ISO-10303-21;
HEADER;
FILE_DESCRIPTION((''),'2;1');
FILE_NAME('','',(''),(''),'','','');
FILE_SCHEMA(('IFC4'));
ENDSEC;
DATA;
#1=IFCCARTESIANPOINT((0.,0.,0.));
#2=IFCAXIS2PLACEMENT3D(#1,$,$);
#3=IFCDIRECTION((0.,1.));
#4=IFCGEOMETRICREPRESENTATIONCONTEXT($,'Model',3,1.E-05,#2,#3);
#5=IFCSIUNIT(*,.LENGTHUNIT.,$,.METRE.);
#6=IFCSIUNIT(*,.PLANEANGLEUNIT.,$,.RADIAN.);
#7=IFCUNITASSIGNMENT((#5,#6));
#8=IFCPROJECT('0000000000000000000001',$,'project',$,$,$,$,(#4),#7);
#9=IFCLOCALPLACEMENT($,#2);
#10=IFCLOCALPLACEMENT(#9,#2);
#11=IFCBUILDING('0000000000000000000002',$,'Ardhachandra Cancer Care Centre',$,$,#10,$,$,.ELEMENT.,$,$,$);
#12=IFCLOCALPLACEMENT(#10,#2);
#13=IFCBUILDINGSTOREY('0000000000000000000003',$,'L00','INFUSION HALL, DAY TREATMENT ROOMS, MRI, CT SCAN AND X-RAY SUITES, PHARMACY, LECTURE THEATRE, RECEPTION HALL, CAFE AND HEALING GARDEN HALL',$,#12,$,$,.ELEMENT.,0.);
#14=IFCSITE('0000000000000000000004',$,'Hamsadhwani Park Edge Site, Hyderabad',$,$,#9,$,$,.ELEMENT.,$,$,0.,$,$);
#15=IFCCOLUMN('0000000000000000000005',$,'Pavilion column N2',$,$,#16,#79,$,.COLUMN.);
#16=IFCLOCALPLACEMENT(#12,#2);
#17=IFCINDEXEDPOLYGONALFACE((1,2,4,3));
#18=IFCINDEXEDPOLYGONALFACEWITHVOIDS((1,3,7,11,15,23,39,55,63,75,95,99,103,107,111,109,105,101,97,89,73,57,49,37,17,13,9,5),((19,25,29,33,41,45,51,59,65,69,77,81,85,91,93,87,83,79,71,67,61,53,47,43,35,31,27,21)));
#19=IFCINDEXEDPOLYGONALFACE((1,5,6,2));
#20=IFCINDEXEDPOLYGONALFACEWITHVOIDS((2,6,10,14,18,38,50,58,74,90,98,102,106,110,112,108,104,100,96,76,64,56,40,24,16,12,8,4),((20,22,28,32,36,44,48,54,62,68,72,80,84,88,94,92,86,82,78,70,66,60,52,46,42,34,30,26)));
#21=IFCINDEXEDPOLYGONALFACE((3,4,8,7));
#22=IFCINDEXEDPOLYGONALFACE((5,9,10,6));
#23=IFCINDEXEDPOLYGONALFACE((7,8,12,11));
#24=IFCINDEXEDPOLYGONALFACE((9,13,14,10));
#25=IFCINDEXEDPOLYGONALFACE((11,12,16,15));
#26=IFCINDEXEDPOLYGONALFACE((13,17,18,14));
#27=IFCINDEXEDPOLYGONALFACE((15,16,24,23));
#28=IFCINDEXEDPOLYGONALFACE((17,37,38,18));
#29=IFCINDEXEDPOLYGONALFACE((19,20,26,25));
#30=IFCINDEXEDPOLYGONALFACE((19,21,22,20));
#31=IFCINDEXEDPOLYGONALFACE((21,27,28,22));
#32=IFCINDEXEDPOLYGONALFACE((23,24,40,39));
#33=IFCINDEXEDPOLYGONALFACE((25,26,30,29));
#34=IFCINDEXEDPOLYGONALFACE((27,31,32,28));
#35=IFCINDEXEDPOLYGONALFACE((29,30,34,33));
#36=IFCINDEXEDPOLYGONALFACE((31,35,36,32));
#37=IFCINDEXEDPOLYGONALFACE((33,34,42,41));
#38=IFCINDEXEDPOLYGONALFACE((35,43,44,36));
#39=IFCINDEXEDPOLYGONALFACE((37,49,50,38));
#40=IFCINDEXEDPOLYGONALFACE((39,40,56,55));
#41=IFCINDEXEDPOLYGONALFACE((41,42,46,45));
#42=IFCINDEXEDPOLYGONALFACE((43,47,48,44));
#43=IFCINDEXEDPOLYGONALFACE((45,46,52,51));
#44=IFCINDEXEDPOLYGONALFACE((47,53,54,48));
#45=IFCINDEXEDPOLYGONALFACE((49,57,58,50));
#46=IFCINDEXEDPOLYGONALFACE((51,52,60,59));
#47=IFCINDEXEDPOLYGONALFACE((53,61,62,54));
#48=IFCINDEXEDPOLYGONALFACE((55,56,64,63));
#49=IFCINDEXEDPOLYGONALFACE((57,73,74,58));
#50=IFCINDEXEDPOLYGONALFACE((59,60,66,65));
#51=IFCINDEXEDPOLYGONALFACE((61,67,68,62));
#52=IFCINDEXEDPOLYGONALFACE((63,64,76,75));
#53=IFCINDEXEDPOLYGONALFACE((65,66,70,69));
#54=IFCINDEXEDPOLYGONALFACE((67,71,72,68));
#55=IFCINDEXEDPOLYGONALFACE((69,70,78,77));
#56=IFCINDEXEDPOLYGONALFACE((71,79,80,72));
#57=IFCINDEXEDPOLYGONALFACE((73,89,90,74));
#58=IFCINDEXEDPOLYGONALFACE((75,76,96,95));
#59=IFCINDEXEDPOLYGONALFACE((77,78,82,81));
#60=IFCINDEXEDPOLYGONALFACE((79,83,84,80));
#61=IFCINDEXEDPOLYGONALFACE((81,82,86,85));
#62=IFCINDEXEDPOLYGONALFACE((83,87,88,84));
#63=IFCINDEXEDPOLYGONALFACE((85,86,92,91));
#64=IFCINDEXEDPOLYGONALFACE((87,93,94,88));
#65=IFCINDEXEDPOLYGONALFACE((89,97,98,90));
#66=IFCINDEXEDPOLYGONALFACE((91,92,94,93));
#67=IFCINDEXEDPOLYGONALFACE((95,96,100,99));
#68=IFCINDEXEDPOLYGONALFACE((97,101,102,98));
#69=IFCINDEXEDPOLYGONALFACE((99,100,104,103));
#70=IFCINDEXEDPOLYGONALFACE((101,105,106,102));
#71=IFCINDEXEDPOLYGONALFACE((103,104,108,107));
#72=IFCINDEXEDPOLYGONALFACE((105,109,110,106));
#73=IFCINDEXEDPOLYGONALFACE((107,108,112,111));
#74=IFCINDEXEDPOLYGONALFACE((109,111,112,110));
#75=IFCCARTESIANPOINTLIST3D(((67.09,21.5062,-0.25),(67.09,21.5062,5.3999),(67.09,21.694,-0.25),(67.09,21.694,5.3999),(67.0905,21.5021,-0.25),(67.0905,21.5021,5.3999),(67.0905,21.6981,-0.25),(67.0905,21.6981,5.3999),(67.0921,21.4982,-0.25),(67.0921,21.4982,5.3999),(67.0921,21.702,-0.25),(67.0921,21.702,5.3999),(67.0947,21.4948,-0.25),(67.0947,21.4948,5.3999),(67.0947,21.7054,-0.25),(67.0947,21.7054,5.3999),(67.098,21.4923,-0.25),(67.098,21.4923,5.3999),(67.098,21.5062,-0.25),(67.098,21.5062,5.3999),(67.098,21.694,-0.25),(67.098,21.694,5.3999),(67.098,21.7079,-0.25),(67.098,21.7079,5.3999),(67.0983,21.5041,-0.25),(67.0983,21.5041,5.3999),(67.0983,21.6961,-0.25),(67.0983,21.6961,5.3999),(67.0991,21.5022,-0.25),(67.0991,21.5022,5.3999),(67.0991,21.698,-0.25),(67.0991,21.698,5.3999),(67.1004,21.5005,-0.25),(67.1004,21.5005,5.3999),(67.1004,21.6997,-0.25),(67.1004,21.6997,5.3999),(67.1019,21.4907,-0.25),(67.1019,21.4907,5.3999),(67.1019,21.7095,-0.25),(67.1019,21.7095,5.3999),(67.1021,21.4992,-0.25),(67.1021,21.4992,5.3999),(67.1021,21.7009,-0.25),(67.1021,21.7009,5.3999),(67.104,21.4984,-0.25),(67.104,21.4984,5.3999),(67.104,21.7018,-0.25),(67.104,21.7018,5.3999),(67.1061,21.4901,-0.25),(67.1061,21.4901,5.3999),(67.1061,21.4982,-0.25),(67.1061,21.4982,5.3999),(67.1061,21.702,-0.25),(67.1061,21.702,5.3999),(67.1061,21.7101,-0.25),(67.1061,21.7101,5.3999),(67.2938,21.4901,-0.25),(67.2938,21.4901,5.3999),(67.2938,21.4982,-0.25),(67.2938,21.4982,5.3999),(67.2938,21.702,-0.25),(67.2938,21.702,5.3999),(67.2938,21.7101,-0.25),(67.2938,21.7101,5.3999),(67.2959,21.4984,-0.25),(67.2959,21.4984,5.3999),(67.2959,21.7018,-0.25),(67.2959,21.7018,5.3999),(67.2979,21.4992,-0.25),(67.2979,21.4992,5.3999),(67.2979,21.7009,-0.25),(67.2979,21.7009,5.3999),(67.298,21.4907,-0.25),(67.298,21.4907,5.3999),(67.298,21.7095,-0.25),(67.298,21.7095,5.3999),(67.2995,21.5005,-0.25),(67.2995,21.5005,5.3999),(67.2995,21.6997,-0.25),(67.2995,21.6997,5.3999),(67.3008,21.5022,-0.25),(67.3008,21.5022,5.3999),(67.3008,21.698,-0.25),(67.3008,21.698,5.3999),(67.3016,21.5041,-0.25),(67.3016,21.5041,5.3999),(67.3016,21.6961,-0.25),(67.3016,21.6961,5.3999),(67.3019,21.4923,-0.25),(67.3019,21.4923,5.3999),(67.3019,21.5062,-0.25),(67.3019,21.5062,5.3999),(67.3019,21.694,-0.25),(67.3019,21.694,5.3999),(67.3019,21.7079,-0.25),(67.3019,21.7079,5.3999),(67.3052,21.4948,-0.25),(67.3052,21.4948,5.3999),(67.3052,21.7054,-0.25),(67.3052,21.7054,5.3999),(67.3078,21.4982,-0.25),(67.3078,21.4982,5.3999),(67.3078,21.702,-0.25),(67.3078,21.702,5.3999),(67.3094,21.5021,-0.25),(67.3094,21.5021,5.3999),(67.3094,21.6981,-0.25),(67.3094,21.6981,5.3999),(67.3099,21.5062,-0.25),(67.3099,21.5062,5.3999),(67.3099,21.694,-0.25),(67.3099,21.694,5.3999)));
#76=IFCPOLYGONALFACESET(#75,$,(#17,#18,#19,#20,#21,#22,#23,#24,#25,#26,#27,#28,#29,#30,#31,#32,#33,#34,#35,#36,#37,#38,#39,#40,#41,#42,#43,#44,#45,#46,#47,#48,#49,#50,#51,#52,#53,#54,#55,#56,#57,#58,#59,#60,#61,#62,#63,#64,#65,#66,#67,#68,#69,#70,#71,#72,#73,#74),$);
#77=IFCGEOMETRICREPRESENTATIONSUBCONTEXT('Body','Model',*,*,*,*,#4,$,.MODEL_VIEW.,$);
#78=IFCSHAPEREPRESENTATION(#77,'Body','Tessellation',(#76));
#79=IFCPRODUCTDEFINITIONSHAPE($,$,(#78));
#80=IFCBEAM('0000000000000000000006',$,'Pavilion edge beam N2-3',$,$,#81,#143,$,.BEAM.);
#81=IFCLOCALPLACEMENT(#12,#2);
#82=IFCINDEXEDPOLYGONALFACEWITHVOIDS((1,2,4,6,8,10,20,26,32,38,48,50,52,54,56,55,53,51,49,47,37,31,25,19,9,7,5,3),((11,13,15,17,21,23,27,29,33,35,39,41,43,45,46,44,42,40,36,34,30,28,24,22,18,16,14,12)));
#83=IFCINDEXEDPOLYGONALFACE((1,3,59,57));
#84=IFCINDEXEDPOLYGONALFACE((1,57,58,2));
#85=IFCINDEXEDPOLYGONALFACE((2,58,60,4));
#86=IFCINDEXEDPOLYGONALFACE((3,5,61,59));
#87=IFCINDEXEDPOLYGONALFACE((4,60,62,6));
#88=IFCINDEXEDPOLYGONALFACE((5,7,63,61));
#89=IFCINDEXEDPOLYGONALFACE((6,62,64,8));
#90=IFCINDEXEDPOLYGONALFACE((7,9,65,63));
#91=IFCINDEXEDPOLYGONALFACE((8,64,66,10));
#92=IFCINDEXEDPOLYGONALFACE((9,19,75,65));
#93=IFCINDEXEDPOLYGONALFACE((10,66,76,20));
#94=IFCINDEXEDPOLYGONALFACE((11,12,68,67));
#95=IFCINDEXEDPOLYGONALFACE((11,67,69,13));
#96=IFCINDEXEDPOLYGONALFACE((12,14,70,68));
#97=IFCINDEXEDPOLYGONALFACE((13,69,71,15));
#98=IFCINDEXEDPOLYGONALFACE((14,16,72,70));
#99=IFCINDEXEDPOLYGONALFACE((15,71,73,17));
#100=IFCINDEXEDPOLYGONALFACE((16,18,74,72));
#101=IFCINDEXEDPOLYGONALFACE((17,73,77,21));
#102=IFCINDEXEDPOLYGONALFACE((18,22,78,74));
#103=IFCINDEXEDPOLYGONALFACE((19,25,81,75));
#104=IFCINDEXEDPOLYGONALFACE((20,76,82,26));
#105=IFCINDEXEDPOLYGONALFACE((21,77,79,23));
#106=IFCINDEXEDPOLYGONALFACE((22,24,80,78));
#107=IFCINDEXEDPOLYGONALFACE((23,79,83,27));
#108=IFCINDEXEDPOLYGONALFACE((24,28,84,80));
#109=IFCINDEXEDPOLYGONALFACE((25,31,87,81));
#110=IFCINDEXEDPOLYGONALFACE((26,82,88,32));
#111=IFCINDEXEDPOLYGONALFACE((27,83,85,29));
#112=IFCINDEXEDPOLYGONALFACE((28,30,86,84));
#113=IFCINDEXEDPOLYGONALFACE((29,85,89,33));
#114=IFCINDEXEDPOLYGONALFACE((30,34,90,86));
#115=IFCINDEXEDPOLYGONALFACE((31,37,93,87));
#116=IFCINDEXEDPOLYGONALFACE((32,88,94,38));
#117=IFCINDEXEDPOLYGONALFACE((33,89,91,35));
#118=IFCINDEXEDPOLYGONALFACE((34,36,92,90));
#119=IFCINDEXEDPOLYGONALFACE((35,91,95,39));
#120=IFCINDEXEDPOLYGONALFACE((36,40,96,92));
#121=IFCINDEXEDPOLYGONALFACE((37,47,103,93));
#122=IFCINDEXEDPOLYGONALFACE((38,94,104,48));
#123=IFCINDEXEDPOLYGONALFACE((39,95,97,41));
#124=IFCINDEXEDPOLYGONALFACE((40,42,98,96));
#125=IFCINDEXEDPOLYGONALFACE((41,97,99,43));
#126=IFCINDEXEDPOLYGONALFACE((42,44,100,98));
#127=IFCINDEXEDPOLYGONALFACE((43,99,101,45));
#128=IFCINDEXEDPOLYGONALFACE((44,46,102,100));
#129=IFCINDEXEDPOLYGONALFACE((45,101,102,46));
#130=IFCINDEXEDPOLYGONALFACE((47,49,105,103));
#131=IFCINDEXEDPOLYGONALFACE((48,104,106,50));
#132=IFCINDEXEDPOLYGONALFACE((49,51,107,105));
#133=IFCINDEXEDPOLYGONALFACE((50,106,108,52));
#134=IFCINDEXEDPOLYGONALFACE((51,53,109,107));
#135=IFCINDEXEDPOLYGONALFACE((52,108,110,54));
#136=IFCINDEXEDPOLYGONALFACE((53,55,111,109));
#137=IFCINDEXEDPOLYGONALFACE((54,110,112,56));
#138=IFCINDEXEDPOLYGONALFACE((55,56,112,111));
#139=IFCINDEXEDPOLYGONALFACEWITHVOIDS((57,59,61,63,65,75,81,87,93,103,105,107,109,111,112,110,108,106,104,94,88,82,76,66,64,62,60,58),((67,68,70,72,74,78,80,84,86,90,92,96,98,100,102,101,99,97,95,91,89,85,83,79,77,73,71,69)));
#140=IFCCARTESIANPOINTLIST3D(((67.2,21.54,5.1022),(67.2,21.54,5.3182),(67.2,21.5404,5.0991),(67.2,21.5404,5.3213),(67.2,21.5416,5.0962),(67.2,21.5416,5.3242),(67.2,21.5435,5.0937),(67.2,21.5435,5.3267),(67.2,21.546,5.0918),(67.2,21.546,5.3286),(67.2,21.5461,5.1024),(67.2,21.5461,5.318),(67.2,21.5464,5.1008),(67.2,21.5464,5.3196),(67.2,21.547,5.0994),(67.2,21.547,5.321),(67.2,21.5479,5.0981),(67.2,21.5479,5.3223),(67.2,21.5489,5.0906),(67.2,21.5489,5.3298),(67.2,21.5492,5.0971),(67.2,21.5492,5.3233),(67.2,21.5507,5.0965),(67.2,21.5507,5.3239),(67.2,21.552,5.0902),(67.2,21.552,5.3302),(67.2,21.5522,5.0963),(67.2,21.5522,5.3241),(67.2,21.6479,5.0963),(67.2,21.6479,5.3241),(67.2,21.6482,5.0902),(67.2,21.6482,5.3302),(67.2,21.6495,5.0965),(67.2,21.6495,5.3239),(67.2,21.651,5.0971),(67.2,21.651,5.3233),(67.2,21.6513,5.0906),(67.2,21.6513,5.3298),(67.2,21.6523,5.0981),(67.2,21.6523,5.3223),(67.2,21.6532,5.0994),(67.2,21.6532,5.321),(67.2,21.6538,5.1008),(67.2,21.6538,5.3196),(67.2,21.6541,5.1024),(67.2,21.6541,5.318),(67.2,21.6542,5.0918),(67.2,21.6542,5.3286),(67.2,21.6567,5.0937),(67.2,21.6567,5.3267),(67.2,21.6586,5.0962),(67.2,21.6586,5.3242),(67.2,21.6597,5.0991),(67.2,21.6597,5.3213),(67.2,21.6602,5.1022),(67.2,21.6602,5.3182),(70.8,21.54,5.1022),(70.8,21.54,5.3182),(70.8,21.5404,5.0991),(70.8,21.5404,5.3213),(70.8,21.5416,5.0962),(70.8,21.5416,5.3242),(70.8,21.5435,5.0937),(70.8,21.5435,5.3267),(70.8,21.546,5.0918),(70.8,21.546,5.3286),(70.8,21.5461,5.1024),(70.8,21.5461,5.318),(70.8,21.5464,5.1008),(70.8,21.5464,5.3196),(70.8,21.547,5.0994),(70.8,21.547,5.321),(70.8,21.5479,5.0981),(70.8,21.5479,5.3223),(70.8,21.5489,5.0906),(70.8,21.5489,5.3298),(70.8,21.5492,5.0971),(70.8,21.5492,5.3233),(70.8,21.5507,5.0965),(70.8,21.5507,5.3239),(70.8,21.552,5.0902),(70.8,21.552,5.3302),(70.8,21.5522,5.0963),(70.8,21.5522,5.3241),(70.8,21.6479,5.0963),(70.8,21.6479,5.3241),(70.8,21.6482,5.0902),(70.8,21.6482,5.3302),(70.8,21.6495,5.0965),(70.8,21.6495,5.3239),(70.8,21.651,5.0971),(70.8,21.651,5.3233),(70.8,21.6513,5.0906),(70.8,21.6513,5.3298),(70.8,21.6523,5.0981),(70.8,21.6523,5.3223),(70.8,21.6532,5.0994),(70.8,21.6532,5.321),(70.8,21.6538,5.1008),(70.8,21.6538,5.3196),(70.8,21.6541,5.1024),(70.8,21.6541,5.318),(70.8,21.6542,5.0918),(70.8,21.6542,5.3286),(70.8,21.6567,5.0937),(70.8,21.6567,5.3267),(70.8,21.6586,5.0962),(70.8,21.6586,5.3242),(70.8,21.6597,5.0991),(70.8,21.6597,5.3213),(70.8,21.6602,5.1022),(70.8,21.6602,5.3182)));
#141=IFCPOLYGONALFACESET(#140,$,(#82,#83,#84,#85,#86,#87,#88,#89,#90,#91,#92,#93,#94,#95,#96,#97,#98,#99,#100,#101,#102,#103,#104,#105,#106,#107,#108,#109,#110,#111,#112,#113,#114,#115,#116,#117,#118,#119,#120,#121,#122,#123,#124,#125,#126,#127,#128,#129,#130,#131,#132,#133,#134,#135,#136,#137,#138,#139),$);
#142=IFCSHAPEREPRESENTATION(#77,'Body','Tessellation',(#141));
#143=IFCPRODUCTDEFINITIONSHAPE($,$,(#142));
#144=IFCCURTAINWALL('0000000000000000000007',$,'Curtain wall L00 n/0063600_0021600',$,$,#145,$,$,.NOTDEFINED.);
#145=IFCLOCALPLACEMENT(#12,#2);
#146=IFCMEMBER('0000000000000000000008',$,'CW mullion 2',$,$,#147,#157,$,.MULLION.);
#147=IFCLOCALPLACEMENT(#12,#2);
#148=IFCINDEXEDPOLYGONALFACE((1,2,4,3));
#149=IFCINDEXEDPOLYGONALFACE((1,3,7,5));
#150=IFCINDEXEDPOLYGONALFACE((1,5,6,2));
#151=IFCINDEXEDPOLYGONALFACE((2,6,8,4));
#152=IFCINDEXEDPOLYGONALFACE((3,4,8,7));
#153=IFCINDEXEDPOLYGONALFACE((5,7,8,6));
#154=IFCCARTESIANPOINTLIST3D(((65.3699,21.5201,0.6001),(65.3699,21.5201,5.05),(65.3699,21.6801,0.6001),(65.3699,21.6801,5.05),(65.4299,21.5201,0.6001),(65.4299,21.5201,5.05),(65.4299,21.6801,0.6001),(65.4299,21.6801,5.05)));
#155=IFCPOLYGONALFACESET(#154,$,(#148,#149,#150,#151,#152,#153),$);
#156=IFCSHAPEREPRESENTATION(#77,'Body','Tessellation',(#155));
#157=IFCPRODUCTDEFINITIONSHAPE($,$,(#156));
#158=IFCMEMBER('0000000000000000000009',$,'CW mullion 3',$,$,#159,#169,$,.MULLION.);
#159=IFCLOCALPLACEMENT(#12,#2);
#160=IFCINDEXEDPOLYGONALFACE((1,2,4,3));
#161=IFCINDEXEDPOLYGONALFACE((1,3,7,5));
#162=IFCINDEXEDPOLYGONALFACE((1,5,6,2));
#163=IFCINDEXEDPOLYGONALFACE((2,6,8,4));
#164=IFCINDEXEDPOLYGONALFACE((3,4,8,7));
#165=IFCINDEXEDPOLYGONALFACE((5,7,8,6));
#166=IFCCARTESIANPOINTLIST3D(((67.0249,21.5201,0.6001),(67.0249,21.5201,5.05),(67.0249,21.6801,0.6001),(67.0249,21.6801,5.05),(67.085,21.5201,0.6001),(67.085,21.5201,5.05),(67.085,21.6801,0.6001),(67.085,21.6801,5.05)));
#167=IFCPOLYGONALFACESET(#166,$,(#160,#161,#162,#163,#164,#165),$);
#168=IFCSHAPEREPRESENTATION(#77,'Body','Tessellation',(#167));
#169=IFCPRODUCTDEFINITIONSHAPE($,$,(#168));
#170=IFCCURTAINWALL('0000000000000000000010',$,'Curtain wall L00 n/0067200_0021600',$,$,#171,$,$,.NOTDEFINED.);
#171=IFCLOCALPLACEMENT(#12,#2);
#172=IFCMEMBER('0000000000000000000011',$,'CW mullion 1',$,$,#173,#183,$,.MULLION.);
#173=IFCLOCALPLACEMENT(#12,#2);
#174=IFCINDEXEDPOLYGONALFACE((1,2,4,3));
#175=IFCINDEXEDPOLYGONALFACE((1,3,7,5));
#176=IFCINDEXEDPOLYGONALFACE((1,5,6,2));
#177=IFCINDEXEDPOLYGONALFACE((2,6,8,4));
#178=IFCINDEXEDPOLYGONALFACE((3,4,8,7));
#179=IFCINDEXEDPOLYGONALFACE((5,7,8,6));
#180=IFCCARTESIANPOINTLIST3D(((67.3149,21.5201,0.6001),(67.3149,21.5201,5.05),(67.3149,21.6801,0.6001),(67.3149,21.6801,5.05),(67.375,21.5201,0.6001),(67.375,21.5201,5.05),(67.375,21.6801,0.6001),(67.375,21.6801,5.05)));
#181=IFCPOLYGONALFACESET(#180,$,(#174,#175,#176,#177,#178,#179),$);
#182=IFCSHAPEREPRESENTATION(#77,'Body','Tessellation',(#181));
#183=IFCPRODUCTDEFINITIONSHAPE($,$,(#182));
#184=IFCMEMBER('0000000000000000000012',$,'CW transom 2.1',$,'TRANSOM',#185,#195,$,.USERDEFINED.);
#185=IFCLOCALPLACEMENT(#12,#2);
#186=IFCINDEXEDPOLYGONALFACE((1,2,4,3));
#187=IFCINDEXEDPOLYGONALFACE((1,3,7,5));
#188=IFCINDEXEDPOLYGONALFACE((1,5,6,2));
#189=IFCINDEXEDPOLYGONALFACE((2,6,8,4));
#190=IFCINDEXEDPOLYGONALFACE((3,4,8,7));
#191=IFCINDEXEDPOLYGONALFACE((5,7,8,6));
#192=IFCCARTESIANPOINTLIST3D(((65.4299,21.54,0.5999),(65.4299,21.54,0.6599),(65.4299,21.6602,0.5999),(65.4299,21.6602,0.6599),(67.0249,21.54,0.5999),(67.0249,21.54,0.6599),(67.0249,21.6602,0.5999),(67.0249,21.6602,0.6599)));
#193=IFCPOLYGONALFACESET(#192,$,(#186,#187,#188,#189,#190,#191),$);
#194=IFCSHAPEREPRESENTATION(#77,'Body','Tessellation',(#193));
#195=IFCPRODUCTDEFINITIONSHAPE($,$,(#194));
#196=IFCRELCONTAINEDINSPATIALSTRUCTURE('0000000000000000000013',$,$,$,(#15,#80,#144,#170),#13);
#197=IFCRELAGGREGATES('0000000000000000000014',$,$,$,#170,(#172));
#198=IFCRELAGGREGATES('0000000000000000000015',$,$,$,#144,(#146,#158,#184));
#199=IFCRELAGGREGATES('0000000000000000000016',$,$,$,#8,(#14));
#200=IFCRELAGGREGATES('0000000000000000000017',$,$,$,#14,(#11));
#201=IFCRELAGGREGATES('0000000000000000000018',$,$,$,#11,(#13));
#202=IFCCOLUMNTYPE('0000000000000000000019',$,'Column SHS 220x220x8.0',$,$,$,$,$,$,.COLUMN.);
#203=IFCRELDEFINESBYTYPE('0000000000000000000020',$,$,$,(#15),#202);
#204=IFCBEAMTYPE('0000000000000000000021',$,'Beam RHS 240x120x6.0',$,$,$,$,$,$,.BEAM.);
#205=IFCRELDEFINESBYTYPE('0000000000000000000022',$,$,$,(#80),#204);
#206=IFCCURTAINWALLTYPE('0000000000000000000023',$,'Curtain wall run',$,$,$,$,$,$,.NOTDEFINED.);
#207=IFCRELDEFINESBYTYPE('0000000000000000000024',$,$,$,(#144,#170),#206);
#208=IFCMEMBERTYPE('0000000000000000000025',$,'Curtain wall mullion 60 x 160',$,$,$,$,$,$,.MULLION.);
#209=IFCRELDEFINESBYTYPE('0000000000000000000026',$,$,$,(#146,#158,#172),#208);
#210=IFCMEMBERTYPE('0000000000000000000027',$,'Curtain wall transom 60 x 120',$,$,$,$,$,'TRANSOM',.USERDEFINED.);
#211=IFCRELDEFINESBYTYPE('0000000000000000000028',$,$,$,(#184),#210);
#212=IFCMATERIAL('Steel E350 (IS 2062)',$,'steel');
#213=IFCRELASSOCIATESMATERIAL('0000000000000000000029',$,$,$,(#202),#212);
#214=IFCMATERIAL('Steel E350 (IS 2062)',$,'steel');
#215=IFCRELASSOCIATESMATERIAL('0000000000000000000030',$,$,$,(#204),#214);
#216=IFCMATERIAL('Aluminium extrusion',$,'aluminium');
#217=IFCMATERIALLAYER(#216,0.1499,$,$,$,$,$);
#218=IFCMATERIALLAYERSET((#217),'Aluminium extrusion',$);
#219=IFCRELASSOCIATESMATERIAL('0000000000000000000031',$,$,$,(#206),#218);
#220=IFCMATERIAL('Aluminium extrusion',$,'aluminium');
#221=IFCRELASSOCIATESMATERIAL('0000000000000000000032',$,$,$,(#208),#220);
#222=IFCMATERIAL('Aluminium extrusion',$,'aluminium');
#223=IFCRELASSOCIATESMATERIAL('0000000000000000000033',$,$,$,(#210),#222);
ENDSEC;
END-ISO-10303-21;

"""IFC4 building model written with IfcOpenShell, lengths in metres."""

from ifc_helpers import new_model, si_unit, direction, frame, origin, origin_2d, place, context, subcontext, project, spatial, rectangle, hollow_rectangle, extrude, material, layer, layer_set, material_profile, profile_set, type_object, element, aggregate, save


model = new_model("IFC4")

# Units and contexts
model_context = context("Model", 3, precision=1e-05, world=origin(), true_north=direction((0.0, 1.0)))
body_context = subcontext(model_context, "Body", "Model", "MODEL_VIEW")
ifc_project = project(units=[si_unit("LENGTHUNIT", "METRE"), si_unit("PLANEANGLEUNIT", "RADIAN")], contexts=[model_context])

# Site, building, storey
site_placement = place(None, origin())
site = spatial("IfcSite", under=ifc_project, at=site_placement, Name="Hamsadhwani Park Edge Site, Hyderabad", CompositionType="ELEMENT", RefElevation=0.0)
building_placement = place(site_placement, origin())
building = spatial("IfcBuilding", under=site, at=building_placement, Name="Ardhachandra Cancer Care Centre", CompositionType="ELEMENT")
storey_placement = place(building_placement, origin())
storey = spatial("IfcBuildingStorey", under=building, at=storey_placement, Name="L00", Description="INFUSION HALL, DAY TREATMENT ROOMS, MRI, CT SCAN AND X-RAY SUITES, PHARMACY, LECTURE THEATRE, RECEPTION HALL, CAFE AND HEALING GARDEN HALL", CompositionType="ELEMENT", Elevation=0.0)

# Column
ifc_material_1 = material(Name="Steel E350 (IS 2062)", Category="steel")
ifc_material_profile_1 = material_profile(ifc_material_1, hollow_rectangle(XDim=0.22, YDim=0.22, WallThickness=0.0081, InnerFilletRadius=0.0081, OuterFilletRadius=0.0161, at=origin_2d()), Name="SHS 220x220x8.0")
ifc_profile_set_1 = profile_set([ifc_material_profile_1], Name="Steel E350 (IS 2062)")
column_type = type_object("IfcColumnType", Name="Column SHS 220x220x8.0", PredefinedType="COLUMN", material=ifc_profile_set_1)
column_placement = place(storey_placement, frame((67.2, 21.6001, -0.25), z_axis=(0.0, 0.0, 1.0), x_axis=(1.0, 0.0, 0.0)))
element("IfcColumn", 1, at=column_placement, inside=storey, type_object=column_type, Name="Pavilion column N2", PredefinedType="COLUMN", context=body_context, shape_type="SweptSolid", body=[
    extrude(hollow_rectangle(XDim=0.22, YDim=0.22, WallThickness=0.0081, InnerFilletRadius=0.0081, OuterFilletRadius=0.0161, at=origin_2d()), origin(), (0.0, 0.0, 1.0), 5.6499),
])

# Beam
ifc_material_2 = material(Name="Steel E350 (IS 2062)", Category="steel")
ifc_material_profile_2 = material_profile(ifc_material_2, hollow_rectangle(XDim=0.1201, YDim=0.24, WallThickness=0.0061, InnerFilletRadius=0.0061, OuterFilletRadius=0.012, at=origin_2d()), Name="RHS 240x120x6.0")
ifc_profile_set_2 = profile_set([ifc_material_profile_2], Name="Steel E350 (IS 2062)")
beam_type = type_object("IfcBeamType", Name="Beam RHS 240x120x6.0", PredefinedType="BEAM", material=ifc_profile_set_2)
beam_placement = place(storey_placement, frame((67.2, 21.6001, 5.2102), z_axis=(1.0, 0.0, 0.0), x_axis=(0.0, 1.0, 0.0)))
element("IfcBeam", 2, at=beam_placement, inside=storey, type_object=beam_type, Name="Pavilion edge beam N2-3", PredefinedType="BEAM", context=body_context, shape_type="SweptSolid", body=[
    extrude(hollow_rectangle(XDim=0.1201, YDim=0.24, WallThickness=0.0061, InnerFilletRadius=0.0061, OuterFilletRadius=0.012, at=origin_2d()), origin(), (0.0, 0.0, 1.0), 3.6001),
])

# Curtain wall, members
ifc_material_3 = material(Name="Aluminium extrusion", Category="aluminium")
ifc_layer_1 = layer(ifc_material_3, 0.1499)
ifc_layer_set_1 = layer_set([ifc_layer_1], Name="Aluminium extrusion")
curtain_wall_type = type_object("IfcCurtainWallType", Name="Curtain wall run", PredefinedType="NOTDEFINED", material=ifc_layer_set_1)
curtain_wall_1_placement = place(storey_placement, origin())
curtain_wall_1 = element("IfcCurtainWall", 3, at=curtain_wall_1_placement, inside=storey, type_object=curtain_wall_type, Name="Curtain wall L00 n/0063600_0021600", PredefinedType="NOTDEFINED")
ifc_material_4 = material(Name="Aluminium extrusion", Category="aluminium")
ifc_material_profile_3 = material_profile(ifc_material_4, rectangle(XDim=0.1599, YDim=0.0601, at=origin_2d()), Name="Curtain wall mullion 60 x 160")
ifc_profile_set_3 = profile_set([ifc_material_profile_3], Name="Aluminium extrusion")
member_type_1 = type_object("IfcMemberType", Name="Curtain wall mullion 60 x 160", PredefinedType="MULLION", material=ifc_profile_set_3)
member_1_placement = place(storey_placement, frame((65.3999, 21.6001, 0.6001), z_axis=(0.0, 0.0, 1.0), x_axis=(0.0, 1.0, 0.0)))
member_1 = element("IfcMember", 4, at=member_1_placement, type_object=member_type_1, Name="CW mullion 2", PredefinedType="MULLION", context=body_context, shape_type="SweptSolid", body=[
    extrude(rectangle(XDim=0.1599, YDim=0.0601, at=origin_2d()), origin(), (0.0, 0.0, 1.0), 4.45),
])
member_2_placement = place(storey_placement, frame((67.0549, 21.6001, 0.6001), z_axis=(0.0, 0.0, 1.0), x_axis=(0.0, 1.0, 0.0)))
member_2 = element("IfcMember", 5, at=member_2_placement, type_object=member_type_1, Name="CW mullion 3", PredefinedType="MULLION", context=body_context, shape_type="SweptSolid", body=[
    extrude(rectangle(XDim=0.1599, YDim=0.0601, at=origin_2d()), origin(), (0.0, 0.0, 1.0), 4.45),
])

# Curtain wall, member
curtain_wall_2_placement = place(storey_placement, origin())
curtain_wall_2 = element("IfcCurtainWall", 6, at=curtain_wall_2_placement, inside=storey, type_object=curtain_wall_type, Name="Curtain wall L00 n/0067200_0021600", PredefinedType="NOTDEFINED")
member_3_placement = place(storey_placement, frame((67.345, 21.6001, 0.6001), z_axis=(0.0, 0.0, 1.0), x_axis=(0.0, 1.0, 0.0)))
member_3 = element("IfcMember", 7, at=member_3_placement, type_object=member_type_1, Name="CW mullion 1", PredefinedType="MULLION", context=body_context, shape_type="SweptSolid", body=[
    extrude(rectangle(XDim=0.1599, YDim=0.0601, at=origin_2d()), origin(), (0.0, 0.0, 1.0), 4.45),
])

# Member
ifc_material_5 = material(Name="Aluminium extrusion", Category="aluminium")
ifc_material_profile_4 = material_profile(ifc_material_5, rectangle(XDim=0.1201, YDim=0.0601, at=origin_2d()), Name="Curtain wall transom 60 x 120")
ifc_profile_set_4 = profile_set([ifc_material_profile_4], Name="Aluminium extrusion")
member_type_2 = type_object("IfcMemberType", Name="Curtain wall transom 60 x 120", ElementType="TRANSOM", PredefinedType="USERDEFINED", material=ifc_profile_set_4)
member_4_placement = place(storey_placement, frame((65.4299, 21.6001, 0.6299), z_axis=(1.0, 0.0, 0.0), x_axis=(0.0, 1.0, 0.0)))
member_4 = element("IfcMember", 8, at=member_4_placement, type_object=member_type_2, Name="CW transom 2.1", ObjectType="TRANSOM", PredefinedType="USERDEFINED", context=body_context, shape_type="SweptSolid", body=[
    extrude(rectangle(XDim=0.1201, YDim=0.0601, at=origin_2d()), origin(), (0.0, 0.0, 1.0), 1.595),
])
aggregate(curtain_wall_2, [member_3])

aggregate(curtain_wall_1, [member_1, member_2, member_4])

save(model, "model.ifc")
